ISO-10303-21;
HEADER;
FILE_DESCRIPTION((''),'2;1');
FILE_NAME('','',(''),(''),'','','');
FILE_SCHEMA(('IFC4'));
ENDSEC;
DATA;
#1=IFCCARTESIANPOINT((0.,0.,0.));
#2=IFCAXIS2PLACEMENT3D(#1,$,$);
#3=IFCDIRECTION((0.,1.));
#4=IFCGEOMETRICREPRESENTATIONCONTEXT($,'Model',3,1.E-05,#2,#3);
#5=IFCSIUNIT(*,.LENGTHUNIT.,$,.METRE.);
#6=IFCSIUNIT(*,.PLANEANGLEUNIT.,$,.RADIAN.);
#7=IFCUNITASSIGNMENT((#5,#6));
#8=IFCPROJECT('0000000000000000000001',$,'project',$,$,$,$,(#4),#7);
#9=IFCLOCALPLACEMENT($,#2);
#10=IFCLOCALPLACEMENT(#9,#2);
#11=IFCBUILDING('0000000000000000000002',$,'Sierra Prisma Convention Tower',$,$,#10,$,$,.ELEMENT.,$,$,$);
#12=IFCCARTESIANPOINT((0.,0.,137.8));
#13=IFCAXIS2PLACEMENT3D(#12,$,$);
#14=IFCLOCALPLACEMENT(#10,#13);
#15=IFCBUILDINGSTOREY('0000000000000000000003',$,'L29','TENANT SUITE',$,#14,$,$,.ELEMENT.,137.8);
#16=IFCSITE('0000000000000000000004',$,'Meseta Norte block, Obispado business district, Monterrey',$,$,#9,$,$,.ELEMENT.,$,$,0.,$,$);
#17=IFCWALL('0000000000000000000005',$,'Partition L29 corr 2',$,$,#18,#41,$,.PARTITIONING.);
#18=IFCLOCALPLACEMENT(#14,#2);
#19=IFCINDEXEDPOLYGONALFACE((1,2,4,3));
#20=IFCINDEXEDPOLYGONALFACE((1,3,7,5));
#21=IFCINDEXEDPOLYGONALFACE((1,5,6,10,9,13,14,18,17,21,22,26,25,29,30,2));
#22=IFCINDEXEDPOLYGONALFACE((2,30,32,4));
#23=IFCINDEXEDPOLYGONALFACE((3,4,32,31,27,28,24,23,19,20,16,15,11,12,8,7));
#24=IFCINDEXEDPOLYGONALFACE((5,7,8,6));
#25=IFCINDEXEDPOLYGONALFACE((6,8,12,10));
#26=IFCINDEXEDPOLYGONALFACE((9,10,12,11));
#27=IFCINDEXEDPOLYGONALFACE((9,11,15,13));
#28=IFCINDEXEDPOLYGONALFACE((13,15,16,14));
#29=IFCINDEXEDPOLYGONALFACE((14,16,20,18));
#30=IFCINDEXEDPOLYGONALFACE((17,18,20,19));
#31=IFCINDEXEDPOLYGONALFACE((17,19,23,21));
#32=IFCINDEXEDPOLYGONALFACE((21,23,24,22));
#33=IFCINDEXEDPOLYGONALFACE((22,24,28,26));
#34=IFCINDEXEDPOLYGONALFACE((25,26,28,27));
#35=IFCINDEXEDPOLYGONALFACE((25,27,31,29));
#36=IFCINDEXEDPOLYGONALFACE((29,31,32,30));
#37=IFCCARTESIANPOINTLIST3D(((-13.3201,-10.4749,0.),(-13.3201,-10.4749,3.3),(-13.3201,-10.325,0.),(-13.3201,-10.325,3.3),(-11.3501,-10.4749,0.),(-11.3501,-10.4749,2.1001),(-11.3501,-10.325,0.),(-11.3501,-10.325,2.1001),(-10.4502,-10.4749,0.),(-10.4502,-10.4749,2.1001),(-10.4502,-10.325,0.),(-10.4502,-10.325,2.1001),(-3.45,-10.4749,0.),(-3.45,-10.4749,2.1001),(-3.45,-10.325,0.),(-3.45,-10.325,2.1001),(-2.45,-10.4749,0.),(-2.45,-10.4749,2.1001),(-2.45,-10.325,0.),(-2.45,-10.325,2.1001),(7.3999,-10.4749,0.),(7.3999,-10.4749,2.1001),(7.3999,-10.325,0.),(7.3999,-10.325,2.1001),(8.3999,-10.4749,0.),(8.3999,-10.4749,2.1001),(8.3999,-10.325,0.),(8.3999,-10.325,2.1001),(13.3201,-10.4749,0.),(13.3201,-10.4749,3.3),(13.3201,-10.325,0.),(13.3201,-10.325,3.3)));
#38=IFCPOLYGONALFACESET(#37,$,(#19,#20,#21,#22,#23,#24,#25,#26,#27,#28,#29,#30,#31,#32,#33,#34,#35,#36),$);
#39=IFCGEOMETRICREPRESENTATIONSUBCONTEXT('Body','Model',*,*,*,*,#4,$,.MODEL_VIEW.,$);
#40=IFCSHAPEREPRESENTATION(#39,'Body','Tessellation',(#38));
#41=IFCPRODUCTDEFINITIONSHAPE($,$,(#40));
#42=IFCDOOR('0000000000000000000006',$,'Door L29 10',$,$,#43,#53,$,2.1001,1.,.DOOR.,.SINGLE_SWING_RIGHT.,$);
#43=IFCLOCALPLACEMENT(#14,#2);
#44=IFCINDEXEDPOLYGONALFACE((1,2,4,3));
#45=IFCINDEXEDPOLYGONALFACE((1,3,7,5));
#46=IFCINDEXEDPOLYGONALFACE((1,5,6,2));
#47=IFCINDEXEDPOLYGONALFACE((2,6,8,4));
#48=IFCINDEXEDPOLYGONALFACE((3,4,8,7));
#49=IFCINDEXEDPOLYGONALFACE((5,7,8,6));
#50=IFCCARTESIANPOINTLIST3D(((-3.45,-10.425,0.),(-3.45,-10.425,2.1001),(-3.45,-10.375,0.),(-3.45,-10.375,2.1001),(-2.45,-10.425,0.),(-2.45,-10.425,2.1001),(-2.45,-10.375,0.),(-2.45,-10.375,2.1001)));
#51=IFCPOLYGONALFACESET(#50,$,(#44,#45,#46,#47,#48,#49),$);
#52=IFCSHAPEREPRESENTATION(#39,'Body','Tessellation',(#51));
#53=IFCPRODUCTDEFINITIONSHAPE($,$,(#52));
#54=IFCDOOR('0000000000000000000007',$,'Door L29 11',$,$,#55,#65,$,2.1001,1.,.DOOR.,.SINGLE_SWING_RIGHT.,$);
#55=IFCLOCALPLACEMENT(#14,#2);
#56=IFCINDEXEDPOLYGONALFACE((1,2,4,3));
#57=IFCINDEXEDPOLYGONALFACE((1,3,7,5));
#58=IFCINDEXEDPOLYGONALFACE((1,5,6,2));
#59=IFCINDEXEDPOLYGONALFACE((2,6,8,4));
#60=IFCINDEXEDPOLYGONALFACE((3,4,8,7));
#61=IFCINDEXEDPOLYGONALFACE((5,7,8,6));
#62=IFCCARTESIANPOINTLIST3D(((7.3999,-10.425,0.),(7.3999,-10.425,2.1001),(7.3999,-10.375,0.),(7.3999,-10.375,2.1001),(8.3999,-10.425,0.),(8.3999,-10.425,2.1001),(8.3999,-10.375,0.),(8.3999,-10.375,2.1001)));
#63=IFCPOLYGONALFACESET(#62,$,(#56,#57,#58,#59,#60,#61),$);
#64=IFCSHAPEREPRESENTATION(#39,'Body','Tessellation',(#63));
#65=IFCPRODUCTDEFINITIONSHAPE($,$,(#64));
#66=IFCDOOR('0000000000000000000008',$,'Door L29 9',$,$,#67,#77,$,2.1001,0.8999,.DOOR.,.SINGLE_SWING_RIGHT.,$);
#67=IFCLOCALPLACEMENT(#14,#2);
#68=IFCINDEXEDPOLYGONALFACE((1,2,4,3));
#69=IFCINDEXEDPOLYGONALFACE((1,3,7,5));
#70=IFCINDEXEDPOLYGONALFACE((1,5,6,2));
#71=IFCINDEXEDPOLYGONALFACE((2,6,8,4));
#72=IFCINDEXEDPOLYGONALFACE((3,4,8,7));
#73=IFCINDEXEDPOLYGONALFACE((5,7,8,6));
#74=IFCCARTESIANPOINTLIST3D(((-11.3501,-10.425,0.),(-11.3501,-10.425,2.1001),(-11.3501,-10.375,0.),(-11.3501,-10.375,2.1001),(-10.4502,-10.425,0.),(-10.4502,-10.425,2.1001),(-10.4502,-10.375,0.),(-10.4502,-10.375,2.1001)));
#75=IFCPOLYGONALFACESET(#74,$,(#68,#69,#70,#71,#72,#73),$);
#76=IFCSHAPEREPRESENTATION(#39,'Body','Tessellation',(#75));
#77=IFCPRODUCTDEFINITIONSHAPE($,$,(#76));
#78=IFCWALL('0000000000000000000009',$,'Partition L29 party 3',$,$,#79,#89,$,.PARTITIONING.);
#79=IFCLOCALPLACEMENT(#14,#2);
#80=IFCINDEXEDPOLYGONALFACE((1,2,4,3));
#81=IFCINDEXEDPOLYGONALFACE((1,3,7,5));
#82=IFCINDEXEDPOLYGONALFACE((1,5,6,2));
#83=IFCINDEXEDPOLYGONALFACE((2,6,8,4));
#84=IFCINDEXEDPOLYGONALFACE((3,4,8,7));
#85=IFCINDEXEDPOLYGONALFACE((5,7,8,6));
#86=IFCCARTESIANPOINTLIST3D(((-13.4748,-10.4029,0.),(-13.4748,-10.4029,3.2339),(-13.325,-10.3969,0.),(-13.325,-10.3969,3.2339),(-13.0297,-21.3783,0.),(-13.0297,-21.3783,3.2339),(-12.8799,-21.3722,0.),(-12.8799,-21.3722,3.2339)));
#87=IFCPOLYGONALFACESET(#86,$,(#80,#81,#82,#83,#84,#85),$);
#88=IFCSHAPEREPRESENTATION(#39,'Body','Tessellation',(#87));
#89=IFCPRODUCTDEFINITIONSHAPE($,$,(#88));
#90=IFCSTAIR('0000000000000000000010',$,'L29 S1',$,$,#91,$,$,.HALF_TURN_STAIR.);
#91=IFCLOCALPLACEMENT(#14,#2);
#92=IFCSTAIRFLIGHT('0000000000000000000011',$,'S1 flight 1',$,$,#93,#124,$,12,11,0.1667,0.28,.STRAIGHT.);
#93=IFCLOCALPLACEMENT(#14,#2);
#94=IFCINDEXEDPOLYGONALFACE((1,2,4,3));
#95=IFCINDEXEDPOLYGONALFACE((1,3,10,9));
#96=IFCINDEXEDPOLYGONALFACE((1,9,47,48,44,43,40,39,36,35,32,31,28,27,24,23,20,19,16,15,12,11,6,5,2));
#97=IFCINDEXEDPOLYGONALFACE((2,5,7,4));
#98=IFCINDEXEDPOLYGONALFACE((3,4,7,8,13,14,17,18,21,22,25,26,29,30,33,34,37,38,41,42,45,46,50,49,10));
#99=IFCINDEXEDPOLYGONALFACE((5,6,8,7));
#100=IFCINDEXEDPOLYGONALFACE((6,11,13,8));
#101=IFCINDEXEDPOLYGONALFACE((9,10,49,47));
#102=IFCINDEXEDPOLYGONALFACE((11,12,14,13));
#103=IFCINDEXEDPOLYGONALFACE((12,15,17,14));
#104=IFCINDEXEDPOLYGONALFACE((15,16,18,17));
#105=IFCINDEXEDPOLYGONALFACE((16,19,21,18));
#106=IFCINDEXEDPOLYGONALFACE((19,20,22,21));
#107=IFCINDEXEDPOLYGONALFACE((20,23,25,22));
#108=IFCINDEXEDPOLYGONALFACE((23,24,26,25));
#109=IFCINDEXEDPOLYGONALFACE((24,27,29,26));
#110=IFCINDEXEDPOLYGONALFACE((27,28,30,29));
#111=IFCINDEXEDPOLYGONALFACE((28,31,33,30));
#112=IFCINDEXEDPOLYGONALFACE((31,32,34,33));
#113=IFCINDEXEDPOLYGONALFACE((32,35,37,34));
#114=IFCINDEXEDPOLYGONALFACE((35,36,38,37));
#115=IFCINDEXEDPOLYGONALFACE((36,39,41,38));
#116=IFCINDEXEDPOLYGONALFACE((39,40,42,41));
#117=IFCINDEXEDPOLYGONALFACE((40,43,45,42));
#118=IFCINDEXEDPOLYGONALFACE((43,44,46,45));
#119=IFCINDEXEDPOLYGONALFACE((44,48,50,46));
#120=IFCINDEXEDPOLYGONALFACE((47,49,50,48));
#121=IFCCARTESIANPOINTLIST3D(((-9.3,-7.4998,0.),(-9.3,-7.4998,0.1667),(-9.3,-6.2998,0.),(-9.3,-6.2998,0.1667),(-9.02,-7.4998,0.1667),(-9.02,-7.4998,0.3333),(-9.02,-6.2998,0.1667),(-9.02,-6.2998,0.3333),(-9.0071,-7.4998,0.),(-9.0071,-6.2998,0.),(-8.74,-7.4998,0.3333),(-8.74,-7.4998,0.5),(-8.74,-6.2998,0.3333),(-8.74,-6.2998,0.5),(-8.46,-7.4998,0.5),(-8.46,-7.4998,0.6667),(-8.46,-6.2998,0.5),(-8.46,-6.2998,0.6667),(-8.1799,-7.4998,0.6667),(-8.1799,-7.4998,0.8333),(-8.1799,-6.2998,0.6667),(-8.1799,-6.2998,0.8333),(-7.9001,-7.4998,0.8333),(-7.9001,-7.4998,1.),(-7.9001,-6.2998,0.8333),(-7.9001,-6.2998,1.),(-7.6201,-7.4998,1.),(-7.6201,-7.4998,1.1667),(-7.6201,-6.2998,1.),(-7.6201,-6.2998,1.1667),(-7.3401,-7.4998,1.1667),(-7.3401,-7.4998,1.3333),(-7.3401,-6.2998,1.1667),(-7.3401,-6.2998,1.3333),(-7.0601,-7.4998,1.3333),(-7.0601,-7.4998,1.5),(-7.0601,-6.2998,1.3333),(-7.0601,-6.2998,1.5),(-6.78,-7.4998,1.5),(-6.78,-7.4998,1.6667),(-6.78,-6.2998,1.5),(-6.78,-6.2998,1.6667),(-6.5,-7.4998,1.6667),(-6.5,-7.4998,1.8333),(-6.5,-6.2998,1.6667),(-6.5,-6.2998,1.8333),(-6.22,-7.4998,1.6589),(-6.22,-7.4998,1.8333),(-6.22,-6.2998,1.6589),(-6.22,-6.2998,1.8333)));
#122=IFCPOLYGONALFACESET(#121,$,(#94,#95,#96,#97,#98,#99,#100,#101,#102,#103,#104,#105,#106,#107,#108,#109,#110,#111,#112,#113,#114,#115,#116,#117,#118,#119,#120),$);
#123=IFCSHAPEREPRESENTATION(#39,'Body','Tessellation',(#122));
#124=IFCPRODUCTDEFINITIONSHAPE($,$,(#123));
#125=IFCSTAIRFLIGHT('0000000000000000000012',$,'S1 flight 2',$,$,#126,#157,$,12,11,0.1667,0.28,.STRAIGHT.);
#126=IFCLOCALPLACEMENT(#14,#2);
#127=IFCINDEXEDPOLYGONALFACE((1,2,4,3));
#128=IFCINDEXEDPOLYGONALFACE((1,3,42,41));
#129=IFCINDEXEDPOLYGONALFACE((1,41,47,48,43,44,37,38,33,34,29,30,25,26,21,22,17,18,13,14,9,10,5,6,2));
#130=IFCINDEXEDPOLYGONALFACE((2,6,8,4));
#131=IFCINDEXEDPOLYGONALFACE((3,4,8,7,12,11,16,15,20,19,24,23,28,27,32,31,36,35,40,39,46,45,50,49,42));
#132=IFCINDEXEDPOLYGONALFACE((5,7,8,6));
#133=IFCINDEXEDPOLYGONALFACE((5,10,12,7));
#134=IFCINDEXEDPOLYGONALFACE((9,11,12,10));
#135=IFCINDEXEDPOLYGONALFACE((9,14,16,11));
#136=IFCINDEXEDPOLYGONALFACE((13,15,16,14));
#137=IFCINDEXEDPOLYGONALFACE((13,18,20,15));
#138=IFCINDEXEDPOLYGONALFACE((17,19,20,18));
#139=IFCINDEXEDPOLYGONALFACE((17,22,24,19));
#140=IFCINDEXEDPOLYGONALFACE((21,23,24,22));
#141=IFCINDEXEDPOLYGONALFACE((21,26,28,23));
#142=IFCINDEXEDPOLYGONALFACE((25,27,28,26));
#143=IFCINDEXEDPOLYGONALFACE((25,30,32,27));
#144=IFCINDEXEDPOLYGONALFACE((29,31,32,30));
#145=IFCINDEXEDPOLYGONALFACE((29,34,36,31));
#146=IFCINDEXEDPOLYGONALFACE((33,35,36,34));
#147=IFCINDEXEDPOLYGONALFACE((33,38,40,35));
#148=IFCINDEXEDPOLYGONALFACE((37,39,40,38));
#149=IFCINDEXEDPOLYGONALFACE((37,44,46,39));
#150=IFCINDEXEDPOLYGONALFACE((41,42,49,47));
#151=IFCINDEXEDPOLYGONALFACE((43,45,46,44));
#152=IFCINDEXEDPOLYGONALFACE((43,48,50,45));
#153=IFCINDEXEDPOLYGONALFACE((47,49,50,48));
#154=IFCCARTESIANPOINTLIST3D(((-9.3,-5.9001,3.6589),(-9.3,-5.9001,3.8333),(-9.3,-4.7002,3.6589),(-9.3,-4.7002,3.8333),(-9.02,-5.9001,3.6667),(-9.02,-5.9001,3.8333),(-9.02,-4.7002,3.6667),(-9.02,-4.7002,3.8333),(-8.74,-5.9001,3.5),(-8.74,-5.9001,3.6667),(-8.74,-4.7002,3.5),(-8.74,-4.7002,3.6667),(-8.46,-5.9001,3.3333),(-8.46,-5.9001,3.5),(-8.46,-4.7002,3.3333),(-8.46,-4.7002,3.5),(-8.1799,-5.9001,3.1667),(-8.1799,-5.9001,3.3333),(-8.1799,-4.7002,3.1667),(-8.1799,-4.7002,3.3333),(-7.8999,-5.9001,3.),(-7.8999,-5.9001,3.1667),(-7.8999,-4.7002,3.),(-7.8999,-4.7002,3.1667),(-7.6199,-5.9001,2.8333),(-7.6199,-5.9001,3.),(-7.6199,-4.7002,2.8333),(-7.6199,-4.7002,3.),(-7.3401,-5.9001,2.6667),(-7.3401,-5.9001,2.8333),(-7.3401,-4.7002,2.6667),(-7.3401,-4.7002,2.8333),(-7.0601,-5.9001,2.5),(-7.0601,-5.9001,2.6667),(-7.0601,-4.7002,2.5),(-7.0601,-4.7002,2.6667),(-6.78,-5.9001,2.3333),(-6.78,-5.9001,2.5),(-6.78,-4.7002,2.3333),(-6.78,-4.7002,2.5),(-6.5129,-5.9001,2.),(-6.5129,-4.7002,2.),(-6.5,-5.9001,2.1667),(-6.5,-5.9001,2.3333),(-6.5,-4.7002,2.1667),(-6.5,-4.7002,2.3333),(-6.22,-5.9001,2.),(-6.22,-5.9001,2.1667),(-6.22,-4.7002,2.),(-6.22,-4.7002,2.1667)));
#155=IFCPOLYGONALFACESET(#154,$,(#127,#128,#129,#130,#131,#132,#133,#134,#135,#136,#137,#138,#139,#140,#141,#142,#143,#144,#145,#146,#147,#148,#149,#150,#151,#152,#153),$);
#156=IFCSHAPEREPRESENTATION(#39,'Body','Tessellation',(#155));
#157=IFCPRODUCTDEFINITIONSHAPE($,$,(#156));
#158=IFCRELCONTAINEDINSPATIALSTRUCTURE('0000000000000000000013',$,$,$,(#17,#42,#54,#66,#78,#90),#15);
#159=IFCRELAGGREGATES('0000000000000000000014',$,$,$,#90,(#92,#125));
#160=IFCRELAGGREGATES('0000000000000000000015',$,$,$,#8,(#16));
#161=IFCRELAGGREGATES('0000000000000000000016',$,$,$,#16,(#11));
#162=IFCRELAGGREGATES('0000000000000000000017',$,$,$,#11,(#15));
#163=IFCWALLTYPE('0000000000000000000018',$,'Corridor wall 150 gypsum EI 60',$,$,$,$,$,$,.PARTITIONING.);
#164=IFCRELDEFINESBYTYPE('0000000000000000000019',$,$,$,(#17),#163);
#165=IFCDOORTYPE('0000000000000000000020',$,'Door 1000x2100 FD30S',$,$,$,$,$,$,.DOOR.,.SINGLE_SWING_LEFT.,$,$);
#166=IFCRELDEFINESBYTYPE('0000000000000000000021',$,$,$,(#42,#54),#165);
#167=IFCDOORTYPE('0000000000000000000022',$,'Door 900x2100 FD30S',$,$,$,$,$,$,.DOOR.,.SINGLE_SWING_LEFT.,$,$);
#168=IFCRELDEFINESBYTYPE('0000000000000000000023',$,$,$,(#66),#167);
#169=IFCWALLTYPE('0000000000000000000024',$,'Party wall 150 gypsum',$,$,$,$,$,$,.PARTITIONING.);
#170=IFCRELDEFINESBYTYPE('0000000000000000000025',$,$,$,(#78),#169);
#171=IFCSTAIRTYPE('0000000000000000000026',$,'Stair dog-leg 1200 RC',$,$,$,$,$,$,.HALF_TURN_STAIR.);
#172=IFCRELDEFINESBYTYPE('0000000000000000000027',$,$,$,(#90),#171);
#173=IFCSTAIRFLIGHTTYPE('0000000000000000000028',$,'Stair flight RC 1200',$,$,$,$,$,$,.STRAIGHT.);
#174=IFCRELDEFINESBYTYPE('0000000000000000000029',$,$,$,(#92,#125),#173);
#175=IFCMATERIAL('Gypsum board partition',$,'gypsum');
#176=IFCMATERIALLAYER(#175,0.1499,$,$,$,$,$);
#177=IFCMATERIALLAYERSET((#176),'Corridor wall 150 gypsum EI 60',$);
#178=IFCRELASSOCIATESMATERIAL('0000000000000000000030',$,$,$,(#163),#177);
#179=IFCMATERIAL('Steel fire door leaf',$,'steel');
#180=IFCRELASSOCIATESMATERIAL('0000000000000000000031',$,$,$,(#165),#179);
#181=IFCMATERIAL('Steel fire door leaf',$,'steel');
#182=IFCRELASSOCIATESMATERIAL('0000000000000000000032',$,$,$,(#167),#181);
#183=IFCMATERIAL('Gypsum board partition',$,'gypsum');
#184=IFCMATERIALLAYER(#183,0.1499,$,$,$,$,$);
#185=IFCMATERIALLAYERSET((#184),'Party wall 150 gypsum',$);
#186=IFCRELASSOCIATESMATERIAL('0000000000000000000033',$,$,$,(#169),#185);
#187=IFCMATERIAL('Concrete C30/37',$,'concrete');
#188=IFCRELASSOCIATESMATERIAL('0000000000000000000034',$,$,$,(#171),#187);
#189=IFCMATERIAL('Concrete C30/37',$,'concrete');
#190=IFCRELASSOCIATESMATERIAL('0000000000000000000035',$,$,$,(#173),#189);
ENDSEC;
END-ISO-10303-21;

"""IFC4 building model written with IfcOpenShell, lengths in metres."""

from ifc_helpers import new_model, si_unit, direction, frame, frame_2d, origin, place, context, subcontext, project, spatial, polyline, rectangle, outline, extrude, material, layer, layer_set, type_object, element, fill, aggregate, save


model = new_model("IFC4")

# Units and contexts
model_context = context("Model", 3, precision=1e-05, world=origin(), true_north=direction((0.0, 1.0)))
body_context = subcontext(model_context, "Body", "Model", "MODEL_VIEW")
ifc_project = project(units=[si_unit("LENGTHUNIT", "METRE"), si_unit("PLANEANGLEUNIT", "RADIAN")], contexts=[model_context])

# Site, building, storey
site_placement = place(None, origin())
site = spatial("IfcSite", under=ifc_project, at=site_placement, Name="Meseta Norte block, Obispado business district, Monterrey", CompositionType="ELEMENT", RefElevation=0.0)
building_placement = place(site_placement, origin())
building = spatial("IfcBuilding", under=site, at=building_placement, Name="Sierra Prisma Convention Tower", CompositionType="ELEMENT")
storey_placement = place(building_placement, frame((0.0, 0.0, 137.8)))
storey = spatial("IfcBuildingStorey", under=building, at=storey_placement, Name="L29", Description="TENANT SUITE", CompositionType="ELEMENT", Elevation=137.8)

# Wall, openings, doors
ifc_material_1 = material(Name="Gypsum board partition", Category="gypsum")
ifc_layer_1 = layer(ifc_material_1, 0.1499)
ifc_layer_set_1 = layer_set([ifc_layer_1], Name="Corridor wall 150 gypsum EI 60")
wall_type_1 = type_object("IfcWallType", Name="Corridor wall 150 gypsum EI 60", PredefinedType="PARTITIONING", material=ifc_layer_set_1)
wall_1_placement = place(storey_placement, frame((-13.3201, -10.3999, 0.0), z_axis=(0.0, 0.0, 1.0), x_axis=(1.0, 0.0, 0.0)))
wall_1 = element("IfcWall", 1, at=wall_1_placement, inside=storey, type_object=wall_type_1, Name="Partition L29 corr 2", PredefinedType="PARTITIONING", context=body_context, shape_type="SweptSolid", body=[
    extrude(rectangle(XDim=26.6401, YDim=0.1499, at=frame_2d((13.3201, 0.0))), origin(), (0.0, 0.0, 1.0), 3.3),
])
opening_1_placement = place(wall_1_placement, frame((1.97, 0.0, 0.0)))
opening_1 = element("IfcOpeningElement", 2, at=opening_1_placement, cuts=wall_1, PredefinedType="OPENING", context=body_context, shape_type="SweptSolid", body=[
    extrude(rectangle(XDim=0.8999, YDim=2.1001, at=frame_2d((0.45, 1.05))), frame((0.0, 0.075, 0.0), z_axis=(0.0, -1.0, 0.0), x_axis=(1.0, 0.0, 0.0)), (0.0, 0.0, 1.0), 0.1499),
])
opening_2_placement = place(wall_1_placement, frame((9.8701, 0.0, 0.0)))
opening_2 = element("IfcOpeningElement", 3, at=opening_2_placement, cuts=wall_1, PredefinedType="OPENING", context=body_context, shape_type="SweptSolid", body=[
    extrude(rectangle(XDim=1.0, YDim=2.1001, at=frame_2d((0.5, 1.05))), frame((0.0, 0.075, 0.0), z_axis=(0.0, -1.0, 0.0), x_axis=(1.0, 0.0, 0.0)), (0.0, 0.0, 1.0), 0.1499),
])
opening_3_placement = place(wall_1_placement, frame((20.72, 0.0, 0.0)))
opening_3 = element("IfcOpeningElement", 4, at=opening_3_placement, cuts=wall_1, PredefinedType="OPENING", context=body_context, shape_type="SweptSolid", body=[
    extrude(rectangle(XDim=1.0, YDim=2.1001, at=frame_2d((0.5, 1.05))), frame((0.0, 0.075, 0.0), z_axis=(0.0, -1.0, 0.0), x_axis=(1.0, 0.0, 0.0)), (0.0, 0.0, 1.0), 0.1499),
])
ifc_material_2 = material(Name="Steel fire door leaf", Category="steel")
door_type_1 = type_object("IfcDoorType", Name="Door 1000x2100 FD30S", OperationType="SINGLE_SWING_LEFT", PredefinedType="DOOR", material=ifc_material_2)
door_1_placement = place(opening_2_placement, origin())
door_1 = element("IfcDoor", 5, at=door_1_placement, inside=storey, type_object=door_type_1, Name="Door L29 10", OperationType="SINGLE_SWING_RIGHT", OverallHeight=2.1001, OverallWidth=1.0, PredefinedType="DOOR", context=body_context, shape_type="SweptSolid", body=[
    extrude(rectangle(XDim=1.0, YDim=2.1001, at=frame_2d((0.5, 1.05))), frame((0.0, 0.0249, 0.0), z_axis=(0.0, -1.0, 0.0), x_axis=(1.0, 0.0, 0.0)), (0.0, 0.0, 1.0), 0.05),
])
fill(opening_2, door_1)
door_2_placement = place(opening_3_placement, origin())
door_2 = element("IfcDoor", 6, at=door_2_placement, inside=storey, type_object=door_type_1, Name="Door L29 11", OperationType="SINGLE_SWING_RIGHT", OverallHeight=2.1001, OverallWidth=1.0, PredefinedType="DOOR", context=body_context, shape_type="SweptSolid", body=[
    extrude(rectangle(XDim=1.0, YDim=2.1001, at=frame_2d((0.5, 1.05))), frame((0.0, 0.0249, 0.0), z_axis=(0.0, -1.0, 0.0), x_axis=(1.0, 0.0, 0.0)), (0.0, 0.0, 1.0), 0.05),
])
fill(opening_3, door_2)
ifc_material_3 = material(Name="Steel fire door leaf", Category="steel")
door_type_2 = type_object("IfcDoorType", Name="Door 900x2100 FD30S", OperationType="SINGLE_SWING_LEFT", PredefinedType="DOOR", material=ifc_material_3)
door_3_placement = place(opening_1_placement, origin())
door_3 = element("IfcDoor", 7, at=door_3_placement, inside=storey, type_object=door_type_2, Name="Door L29 9", OperationType="SINGLE_SWING_RIGHT", OverallHeight=2.1001, OverallWidth=0.8999, PredefinedType="DOOR", context=body_context, shape_type="SweptSolid", body=[
    extrude(rectangle(XDim=0.8999, YDim=2.1001, at=frame_2d((0.45, 1.05))), frame((0.0, 0.0249, 0.0), z_axis=(0.0, -1.0, 0.0), x_axis=(1.0, 0.0, 0.0)), (0.0, 0.0, 1.0), 0.05),
])
fill(opening_1, door_3)

# Wall
ifc_material_4 = material(Name="Gypsum board partition", Category="gypsum")
ifc_layer_2 = layer(ifc_material_4, 0.1499)
ifc_layer_set_2 = layer_set([ifc_layer_2], Name="Party wall 150 gypsum")
wall_type_2 = type_object("IfcWallType", Name="Party wall 150 gypsum", PredefinedType="PARTITIONING", material=ifc_layer_set_2)
wall_2_placement = place(storey_placement, frame((-13.3999, -10.3999, 0.0), z_axis=(0.0, 0.0, 1.0), x_axis=(0.040518, -0.999179, 0.0)))
element("IfcWall", 8, at=wall_2_placement, inside=storey, type_object=wall_type_2, Name="Partition L29 party 3", PredefinedType="PARTITIONING", context=body_context, shape_type="SweptSolid", body=[
    extrude(rectangle(XDim=10.9844, YDim=0.1499, at=frame_2d((5.4922, 0.0))), origin(), (0.0, 0.0, 1.0), 3.2339),
])

# Stair, stair flights
ifc_material_5 = material(Name="Concrete C30/37", Category="concrete")
stair_type = type_object("IfcStairType", Name="Stair dog-leg 1200 RC", PredefinedType="HALF_TURN_STAIR", material=ifc_material_5)
stair_placement = place(storey_placement, origin())
stair = element("IfcStair", 9, at=stair_placement, inside=storey, type_object=stair_type, Name="L29 S1", PredefinedType="HALF_TURN_STAIR")
ifc_material_6 = material(Name="Concrete C30/37", Category="concrete")
stair_flight_type = type_object("IfcStairFlightType", Name="Stair flight RC 1200", PredefinedType="STRAIGHT", material=ifc_material_6)
stair_flight_1_placement = place(storey_placement, frame((-9.3, -6.8999, 0.0), z_axis=(0.0, 0.0, 1.0), x_axis=(1.0, 0.0, 0.0)))
stair_flight_1 = element("IfcStairFlight", 10, at=stair_flight_1_placement, type_object=stair_flight_type, Name="S1 flight 1", NumberOfRisers=12, NumberOfTreads=11, PredefinedType="STRAIGHT", RiserHeight=0.1667, TreadLength=0.28, context=body_context, shape_type="SweptSolid", body=[
    extrude(outline(polyline([(0.0, 0.0), (0.0, 0.1667), (0.28, 0.1667), (0.28, 0.3333), (0.5601, 0.3333), (0.5601, 0.5), (0.8401, 0.5), (0.8401, 0.6667), (1.1201, 0.6667), (1.1201, 0.8333), (1.3999, 0.8333), (1.3999, 1.0), (1.6799, 1.0), (1.6799, 1.1667), (1.96, 1.1667), (1.96, 1.3333), (2.24, 1.3333), (2.24, 1.5), (2.52, 1.5), (2.52, 1.6667), (2.8, 1.6667), (2.8, 1.8333), (3.0801, 1.8333), (3.0801, 2.0), (3.0801, 1.6589), (0.293, 0.0), (0.0, 0.0)])), frame((0.0, 0.6001, 0.0), z_axis=(0.0, -1.0, 0.0), x_axis=(1.0, 0.0, 0.0)), (0.0, 0.0, 1.0), 1.2),
])
stair_flight_2_placement = place(storey_placement, frame((-6.22, -5.3, 2.0), z_axis=(0.0, 0.0, 1.0), x_axis=(-1.0, 0.0, 0.0)))
stair_flight_2 = element("IfcStairFlight", 11, at=stair_flight_2_placement, type_object=stair_flight_type, Name="S1 flight 2", NumberOfRisers=12, NumberOfTreads=11, PredefinedType="STRAIGHT", RiserHeight=0.1667, TreadLength=0.28, context=body_context, shape_type="SweptSolid", body=[
    extrude(outline(polyline([(0.0, 0.0), (0.0, 0.1667), (0.28, 0.1667), (0.28, 0.3333), (0.5601, 0.3333), (0.5601, 0.5), (0.8401, 0.5), (0.8401, 0.6667), (1.1201, 0.6667), (1.1201, 0.8333), (1.3999, 0.8333), (1.3999, 1.0), (1.6799, 1.0), (1.6799, 1.1667), (1.96, 1.1667), (1.96, 1.3333), (2.24, 1.3333), (2.24, 1.5), (2.52, 1.5), (2.52, 1.6667), (2.8, 1.6667), (2.8, 1.8333), (3.0801, 1.8333), (3.0801, 2.0), (3.0801, 1.6589), (0.293, 0.0), (0.0, 0.0)])), frame((0.0, 0.6001, 0.0), z_axis=(0.0, -1.0, 0.0), x_axis=(1.0, 0.0, 0.0)), (0.0, 0.0, 1.0), 1.2),
])
aggregate(stair, [stair_flight_1, stair_flight_2])

save(model, "model.ifc")
